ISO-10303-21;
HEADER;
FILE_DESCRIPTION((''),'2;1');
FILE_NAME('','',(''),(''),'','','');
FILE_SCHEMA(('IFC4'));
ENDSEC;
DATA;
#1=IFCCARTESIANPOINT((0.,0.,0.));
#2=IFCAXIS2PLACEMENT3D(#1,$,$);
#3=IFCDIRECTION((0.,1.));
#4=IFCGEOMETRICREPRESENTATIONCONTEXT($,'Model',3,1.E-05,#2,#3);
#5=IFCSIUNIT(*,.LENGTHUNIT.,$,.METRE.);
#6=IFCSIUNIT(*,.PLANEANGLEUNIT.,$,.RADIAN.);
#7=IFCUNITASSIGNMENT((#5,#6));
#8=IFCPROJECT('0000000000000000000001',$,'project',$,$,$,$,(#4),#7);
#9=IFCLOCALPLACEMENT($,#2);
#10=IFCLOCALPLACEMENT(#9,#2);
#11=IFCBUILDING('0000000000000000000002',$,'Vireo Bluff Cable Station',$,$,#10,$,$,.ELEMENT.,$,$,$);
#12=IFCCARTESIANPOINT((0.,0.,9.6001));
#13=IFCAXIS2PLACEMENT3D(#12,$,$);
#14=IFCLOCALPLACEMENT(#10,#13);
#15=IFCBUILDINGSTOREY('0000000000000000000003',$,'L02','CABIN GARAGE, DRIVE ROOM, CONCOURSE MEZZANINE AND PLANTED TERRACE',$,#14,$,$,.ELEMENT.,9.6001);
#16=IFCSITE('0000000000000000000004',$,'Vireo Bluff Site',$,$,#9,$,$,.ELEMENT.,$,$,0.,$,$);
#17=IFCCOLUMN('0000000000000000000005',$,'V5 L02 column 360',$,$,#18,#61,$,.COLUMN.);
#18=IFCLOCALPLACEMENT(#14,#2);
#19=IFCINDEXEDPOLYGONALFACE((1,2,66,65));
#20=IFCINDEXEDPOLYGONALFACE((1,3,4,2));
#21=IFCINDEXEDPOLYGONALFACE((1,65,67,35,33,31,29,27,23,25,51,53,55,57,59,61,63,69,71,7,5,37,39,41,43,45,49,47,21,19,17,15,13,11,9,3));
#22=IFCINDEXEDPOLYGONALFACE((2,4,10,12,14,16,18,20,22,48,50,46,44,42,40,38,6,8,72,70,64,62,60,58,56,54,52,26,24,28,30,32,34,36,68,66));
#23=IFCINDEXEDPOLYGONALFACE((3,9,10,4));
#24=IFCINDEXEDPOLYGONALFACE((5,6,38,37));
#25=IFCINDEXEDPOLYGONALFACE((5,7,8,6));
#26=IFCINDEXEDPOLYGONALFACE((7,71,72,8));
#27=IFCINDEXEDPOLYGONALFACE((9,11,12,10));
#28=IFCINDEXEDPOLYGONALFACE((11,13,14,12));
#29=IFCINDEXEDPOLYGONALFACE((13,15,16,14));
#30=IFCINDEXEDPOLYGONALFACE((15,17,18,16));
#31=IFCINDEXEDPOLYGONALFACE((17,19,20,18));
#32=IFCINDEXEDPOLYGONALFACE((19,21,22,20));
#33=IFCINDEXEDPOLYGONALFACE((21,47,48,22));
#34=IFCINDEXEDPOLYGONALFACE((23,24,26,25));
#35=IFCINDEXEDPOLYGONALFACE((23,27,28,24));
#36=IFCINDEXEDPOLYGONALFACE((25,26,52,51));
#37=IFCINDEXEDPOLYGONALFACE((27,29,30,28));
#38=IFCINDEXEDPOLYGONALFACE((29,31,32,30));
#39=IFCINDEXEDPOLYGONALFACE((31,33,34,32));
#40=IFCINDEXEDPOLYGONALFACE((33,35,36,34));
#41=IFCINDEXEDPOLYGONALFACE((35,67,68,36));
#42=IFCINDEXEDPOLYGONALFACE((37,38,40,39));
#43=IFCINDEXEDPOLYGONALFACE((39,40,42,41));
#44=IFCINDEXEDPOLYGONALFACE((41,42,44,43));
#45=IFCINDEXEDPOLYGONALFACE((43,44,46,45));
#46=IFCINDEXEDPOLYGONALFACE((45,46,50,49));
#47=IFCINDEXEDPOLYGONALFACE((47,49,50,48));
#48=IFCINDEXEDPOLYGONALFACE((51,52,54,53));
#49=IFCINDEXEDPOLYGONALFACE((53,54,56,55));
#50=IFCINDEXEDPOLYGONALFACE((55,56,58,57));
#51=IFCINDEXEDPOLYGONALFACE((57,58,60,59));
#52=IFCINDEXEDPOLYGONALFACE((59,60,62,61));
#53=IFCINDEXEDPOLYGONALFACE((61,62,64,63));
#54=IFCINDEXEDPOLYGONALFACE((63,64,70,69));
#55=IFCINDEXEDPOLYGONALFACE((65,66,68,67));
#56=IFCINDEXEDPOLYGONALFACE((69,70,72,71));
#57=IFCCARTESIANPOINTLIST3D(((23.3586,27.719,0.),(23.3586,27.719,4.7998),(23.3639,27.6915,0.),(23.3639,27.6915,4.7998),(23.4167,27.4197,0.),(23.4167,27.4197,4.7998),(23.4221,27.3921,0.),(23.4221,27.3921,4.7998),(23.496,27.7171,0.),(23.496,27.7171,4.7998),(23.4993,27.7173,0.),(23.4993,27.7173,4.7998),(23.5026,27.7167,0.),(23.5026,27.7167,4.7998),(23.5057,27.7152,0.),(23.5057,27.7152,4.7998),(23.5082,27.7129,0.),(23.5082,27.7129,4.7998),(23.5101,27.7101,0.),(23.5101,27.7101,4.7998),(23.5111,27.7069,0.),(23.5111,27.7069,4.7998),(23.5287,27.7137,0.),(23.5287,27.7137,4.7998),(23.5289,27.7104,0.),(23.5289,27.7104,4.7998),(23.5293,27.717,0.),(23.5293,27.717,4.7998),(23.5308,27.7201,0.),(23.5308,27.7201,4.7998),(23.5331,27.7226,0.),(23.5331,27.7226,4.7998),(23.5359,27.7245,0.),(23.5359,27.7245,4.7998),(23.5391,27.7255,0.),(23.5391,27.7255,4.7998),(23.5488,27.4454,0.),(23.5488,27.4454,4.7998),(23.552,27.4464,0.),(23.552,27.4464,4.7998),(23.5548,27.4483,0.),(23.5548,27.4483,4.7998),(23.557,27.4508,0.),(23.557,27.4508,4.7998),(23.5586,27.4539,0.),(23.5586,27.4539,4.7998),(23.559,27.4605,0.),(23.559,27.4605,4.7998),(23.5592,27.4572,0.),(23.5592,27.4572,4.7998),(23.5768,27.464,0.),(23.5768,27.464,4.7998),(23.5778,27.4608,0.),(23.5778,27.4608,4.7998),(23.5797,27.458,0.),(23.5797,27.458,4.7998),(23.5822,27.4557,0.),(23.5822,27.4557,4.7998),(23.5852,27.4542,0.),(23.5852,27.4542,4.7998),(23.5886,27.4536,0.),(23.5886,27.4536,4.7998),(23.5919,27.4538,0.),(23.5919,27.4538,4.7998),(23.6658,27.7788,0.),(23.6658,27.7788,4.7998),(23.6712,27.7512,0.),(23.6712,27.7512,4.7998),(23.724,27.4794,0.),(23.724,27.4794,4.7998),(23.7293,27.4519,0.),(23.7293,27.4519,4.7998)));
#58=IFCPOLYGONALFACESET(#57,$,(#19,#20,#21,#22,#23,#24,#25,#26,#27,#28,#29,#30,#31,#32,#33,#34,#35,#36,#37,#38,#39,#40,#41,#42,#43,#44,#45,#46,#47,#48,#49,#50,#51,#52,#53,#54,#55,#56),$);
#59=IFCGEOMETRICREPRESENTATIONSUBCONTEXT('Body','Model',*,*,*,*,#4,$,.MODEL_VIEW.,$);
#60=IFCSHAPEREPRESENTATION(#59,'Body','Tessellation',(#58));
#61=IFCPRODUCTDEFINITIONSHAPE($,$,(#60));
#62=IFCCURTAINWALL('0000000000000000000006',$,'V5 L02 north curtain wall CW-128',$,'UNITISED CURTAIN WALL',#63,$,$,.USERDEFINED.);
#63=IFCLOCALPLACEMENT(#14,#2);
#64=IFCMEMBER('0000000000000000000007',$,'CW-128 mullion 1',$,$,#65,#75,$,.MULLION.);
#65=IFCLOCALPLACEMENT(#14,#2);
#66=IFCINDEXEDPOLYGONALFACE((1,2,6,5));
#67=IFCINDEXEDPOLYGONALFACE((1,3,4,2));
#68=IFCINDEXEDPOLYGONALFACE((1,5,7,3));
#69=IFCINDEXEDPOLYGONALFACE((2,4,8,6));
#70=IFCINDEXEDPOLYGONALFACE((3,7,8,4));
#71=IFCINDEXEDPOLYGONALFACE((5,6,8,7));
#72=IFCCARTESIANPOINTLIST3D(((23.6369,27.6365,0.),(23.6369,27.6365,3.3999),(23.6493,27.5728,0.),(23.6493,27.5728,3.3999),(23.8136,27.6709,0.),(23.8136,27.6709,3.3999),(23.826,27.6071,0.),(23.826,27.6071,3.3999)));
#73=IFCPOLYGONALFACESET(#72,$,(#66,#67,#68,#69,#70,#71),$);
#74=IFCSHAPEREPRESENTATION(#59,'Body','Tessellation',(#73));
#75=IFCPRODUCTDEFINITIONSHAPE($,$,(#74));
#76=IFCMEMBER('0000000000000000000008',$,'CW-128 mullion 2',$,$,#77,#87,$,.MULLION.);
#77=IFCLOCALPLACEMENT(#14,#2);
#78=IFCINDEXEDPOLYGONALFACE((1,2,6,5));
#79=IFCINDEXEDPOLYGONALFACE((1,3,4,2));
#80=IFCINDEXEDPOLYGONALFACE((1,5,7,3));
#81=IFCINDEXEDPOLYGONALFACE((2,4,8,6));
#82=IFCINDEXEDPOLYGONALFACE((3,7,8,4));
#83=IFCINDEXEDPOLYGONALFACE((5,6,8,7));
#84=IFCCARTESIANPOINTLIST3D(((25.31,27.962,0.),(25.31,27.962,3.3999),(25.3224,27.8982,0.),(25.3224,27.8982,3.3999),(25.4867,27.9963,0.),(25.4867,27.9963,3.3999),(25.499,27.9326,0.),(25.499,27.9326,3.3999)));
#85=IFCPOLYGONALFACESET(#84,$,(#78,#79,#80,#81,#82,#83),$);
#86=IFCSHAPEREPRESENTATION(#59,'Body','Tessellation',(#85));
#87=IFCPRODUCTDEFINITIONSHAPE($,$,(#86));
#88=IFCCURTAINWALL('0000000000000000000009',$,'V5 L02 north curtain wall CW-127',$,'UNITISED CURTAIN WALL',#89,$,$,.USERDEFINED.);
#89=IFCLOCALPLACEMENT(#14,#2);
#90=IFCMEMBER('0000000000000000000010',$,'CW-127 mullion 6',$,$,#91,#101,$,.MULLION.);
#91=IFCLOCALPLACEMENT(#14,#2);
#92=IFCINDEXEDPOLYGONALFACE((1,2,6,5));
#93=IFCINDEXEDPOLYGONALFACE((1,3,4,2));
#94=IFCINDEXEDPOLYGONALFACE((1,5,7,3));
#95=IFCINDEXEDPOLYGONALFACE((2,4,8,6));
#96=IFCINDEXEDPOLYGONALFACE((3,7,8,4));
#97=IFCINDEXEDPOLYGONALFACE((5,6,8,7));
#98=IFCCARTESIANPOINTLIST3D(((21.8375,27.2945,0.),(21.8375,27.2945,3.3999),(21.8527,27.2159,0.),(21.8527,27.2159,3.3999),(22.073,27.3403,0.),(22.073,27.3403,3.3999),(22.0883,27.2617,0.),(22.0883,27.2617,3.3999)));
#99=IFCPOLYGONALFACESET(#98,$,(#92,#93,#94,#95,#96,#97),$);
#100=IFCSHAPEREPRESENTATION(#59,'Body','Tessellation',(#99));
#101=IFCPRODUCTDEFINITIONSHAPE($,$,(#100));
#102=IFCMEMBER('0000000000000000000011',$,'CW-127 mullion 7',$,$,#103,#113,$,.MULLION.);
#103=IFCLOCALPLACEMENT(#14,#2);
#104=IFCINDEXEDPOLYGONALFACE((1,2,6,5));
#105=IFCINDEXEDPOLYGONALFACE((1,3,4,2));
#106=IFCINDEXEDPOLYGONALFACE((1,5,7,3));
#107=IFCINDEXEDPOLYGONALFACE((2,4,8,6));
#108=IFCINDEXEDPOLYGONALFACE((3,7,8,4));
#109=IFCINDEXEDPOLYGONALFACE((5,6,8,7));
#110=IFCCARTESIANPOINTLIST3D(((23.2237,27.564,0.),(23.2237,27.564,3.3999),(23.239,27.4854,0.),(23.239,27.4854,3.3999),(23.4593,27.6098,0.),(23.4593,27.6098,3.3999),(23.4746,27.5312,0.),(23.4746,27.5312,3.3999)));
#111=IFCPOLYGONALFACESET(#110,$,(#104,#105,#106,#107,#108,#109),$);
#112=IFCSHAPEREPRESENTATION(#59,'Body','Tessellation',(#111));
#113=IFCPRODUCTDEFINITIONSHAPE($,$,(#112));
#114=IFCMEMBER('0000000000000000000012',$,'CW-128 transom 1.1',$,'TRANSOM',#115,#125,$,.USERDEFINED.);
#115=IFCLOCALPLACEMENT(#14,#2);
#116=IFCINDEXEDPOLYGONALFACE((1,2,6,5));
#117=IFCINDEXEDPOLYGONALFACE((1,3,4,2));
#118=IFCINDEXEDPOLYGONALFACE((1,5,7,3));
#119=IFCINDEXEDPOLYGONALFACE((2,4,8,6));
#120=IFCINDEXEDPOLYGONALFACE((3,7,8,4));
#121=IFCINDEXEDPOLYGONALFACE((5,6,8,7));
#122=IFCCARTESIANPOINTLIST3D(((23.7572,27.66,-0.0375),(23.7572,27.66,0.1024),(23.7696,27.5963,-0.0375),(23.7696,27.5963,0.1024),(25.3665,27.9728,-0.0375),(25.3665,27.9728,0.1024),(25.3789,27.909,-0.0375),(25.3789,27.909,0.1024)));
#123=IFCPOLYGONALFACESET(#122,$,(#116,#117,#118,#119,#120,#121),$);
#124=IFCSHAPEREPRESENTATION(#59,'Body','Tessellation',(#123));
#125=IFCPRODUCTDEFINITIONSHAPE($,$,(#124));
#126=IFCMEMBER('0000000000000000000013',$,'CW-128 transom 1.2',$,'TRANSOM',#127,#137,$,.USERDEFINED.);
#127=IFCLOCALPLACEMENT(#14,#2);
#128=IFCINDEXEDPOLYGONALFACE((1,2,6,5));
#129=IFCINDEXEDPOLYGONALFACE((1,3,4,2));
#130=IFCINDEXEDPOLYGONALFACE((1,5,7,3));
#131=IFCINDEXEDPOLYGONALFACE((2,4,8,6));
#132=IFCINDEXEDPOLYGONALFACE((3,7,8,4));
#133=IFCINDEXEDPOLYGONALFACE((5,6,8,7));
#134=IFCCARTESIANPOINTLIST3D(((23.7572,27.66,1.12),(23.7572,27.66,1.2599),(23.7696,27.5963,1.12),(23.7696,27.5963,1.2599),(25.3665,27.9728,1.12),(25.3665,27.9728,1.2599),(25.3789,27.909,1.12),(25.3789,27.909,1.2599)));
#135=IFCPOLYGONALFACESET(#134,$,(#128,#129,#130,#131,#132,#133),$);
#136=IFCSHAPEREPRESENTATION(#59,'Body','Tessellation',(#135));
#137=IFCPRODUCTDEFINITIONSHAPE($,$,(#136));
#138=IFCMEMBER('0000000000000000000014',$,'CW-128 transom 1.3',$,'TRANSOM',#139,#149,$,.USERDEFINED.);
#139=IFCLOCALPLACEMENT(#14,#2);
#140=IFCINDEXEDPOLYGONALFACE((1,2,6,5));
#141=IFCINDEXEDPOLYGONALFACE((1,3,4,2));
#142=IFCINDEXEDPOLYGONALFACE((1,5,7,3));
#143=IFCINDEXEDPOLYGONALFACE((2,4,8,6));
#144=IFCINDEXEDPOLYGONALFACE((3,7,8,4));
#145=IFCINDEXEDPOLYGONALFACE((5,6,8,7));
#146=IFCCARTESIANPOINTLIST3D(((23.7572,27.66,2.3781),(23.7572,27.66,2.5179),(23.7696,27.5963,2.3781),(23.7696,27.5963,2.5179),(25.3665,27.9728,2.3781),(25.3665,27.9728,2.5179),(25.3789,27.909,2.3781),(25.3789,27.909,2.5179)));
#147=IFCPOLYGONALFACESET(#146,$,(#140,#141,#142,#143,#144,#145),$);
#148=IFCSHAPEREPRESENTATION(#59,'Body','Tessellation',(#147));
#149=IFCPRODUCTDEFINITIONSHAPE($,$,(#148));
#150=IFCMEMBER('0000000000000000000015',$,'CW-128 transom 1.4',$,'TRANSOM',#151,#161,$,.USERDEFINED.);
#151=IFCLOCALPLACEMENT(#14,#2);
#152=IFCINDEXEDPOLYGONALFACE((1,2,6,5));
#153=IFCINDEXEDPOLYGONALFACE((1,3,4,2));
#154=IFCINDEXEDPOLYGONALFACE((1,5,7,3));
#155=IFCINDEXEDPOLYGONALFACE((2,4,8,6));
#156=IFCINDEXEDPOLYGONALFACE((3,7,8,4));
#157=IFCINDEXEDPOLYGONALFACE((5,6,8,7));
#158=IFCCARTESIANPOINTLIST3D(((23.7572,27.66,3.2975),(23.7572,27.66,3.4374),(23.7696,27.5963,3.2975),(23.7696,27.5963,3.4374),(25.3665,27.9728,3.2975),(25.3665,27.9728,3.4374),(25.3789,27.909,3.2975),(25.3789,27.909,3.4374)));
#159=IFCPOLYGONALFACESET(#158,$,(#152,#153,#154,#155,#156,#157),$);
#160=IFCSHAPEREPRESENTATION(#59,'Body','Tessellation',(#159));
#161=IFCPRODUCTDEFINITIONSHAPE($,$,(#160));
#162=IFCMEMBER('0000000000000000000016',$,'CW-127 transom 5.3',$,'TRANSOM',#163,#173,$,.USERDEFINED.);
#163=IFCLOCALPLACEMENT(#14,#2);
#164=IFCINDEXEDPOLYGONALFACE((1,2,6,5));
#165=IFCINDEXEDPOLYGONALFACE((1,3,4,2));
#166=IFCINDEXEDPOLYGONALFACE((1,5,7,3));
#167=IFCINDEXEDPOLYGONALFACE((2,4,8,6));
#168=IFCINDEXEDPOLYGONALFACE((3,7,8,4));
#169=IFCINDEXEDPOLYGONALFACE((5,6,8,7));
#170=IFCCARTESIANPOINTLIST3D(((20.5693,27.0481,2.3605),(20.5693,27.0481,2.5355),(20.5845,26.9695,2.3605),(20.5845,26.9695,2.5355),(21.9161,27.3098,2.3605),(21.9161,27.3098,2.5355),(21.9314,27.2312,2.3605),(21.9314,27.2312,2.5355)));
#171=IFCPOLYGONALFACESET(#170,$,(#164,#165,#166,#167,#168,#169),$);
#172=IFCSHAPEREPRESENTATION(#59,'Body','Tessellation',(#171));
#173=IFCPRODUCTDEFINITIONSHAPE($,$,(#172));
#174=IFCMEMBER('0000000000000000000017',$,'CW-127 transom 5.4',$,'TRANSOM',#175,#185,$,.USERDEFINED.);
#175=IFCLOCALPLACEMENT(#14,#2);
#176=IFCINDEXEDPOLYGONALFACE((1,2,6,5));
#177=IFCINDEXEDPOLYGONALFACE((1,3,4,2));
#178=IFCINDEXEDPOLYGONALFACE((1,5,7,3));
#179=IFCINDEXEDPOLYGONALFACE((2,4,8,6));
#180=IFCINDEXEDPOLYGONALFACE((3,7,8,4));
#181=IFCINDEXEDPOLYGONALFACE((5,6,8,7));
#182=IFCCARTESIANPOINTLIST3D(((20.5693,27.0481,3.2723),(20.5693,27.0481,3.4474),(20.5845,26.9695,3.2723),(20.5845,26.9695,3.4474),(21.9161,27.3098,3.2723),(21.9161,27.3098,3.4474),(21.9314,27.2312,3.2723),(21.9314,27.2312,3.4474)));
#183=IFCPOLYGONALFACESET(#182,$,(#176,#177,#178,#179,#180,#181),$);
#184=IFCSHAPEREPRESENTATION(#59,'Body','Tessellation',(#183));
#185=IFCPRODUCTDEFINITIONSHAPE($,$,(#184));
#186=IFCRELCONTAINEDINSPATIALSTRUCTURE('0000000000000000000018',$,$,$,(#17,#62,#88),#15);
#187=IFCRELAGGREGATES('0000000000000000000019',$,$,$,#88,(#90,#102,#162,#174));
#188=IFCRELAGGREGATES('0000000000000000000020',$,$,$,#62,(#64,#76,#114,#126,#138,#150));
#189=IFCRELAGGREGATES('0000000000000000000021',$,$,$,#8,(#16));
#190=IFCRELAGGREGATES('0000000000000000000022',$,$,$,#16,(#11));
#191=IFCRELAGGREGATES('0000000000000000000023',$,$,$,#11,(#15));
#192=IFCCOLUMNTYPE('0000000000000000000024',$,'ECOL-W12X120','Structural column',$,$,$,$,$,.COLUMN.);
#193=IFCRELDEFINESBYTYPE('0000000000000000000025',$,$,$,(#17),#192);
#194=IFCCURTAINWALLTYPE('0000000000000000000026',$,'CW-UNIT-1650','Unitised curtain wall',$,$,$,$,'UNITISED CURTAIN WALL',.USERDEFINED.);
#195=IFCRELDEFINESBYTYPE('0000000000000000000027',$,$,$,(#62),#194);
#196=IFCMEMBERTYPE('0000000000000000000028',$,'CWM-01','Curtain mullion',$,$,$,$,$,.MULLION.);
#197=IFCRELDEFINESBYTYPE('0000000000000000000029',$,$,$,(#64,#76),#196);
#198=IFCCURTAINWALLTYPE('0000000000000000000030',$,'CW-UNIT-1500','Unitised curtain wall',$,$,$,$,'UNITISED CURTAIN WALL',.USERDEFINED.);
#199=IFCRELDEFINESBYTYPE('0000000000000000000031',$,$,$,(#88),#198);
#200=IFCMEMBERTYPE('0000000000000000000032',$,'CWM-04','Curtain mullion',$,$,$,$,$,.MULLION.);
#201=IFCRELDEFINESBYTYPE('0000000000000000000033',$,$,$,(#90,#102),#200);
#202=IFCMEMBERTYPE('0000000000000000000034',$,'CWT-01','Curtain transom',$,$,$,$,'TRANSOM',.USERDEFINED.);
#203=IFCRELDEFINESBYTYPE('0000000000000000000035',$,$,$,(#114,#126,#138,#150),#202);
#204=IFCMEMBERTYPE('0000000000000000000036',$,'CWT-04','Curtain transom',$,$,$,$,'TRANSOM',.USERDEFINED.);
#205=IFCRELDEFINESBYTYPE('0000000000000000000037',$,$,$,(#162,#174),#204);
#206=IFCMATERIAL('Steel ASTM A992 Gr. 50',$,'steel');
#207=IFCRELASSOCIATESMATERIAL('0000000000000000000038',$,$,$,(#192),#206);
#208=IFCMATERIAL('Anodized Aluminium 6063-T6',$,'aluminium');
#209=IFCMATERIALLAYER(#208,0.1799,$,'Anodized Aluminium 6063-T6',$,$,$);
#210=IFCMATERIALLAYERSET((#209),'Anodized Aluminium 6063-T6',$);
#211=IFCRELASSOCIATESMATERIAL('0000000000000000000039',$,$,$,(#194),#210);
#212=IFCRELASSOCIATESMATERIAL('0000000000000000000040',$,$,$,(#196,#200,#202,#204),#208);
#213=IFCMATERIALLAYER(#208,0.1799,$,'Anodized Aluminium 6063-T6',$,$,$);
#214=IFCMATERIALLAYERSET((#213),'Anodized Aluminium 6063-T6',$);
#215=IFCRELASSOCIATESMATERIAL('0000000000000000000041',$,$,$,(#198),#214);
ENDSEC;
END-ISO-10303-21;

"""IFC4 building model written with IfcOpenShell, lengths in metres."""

from ifc_helpers import new_model, si_unit, direction, frame, origin, origin_2d, place, context, subcontext, project, spatial, rectangle, i_section, extrude, material, layer, layer_set, material_profile, profile_set, type_object, element, aggregate, save


model = new_model("IFC4")

# Units and contexts
model_context = context("Model", 3, precision=1e-05, world=origin(), true_north=direction((0.0, 1.0)))
body_context = subcontext(model_context, "Body", "Model", "MODEL_VIEW")
ifc_project = project(units=[si_unit("LENGTHUNIT", "METRE"), si_unit("PLANEANGLEUNIT", "RADIAN")], contexts=[model_context])

# Site, building, storey
site_placement = place(None, origin())
site = spatial("IfcSite", under=ifc_project, at=site_placement, Name="Vireo Bluff Site", CompositionType="ELEMENT", RefElevation=0.0)
building_placement = place(site_placement, origin())
building = spatial("IfcBuilding", under=site, at=building_placement, Name="Vireo Bluff Cable Station", CompositionType="ELEMENT")
storey_placement = place(building_placement, frame((0.0, 0.0, 9.6001)))
storey = spatial("IfcBuildingStorey", under=building, at=storey_placement, Name="L02", Description="CABIN GARAGE, DRIVE ROOM, CONCOURSE MEZZANINE AND PLANTED TERRACE", CompositionType="ELEMENT", Elevation=9.6001)

# Column
ifc_material_1 = material(Name="Steel ASTM A992 Gr. 50", Category="steel")
ifc_material_profile_1 = material_profile(ifc_material_1, i_section(OverallWidth=0.313, OverallDepth=0.333, WebThickness=0.0181, FlangeThickness=0.0281, FilletRadius=0.0129, at=origin_2d()), Name="W12X120")
ifc_profile_set_1 = profile_set([ifc_material_profile_1], Name="Steel ASTM A992 Gr. 50")
column_type = type_object("IfcColumnType", Name="ECOL-W12X120", Description="Structural column", PredefinedType="COLUMN", material=ifc_profile_set_1)
column_placement = place(storey_placement, frame((23.5439, 27.5854, 0.0), z_axis=(0.0, 0.0, 1.0), x_axis=(0.981627, 0.190809, 0.0)))
element("IfcColumn", 1, at=column_placement, inside=storey, type_object=column_type, Name="V5 L02 column 360", PredefinedType="COLUMN", context=body_context, shape_type="SweptSolid", body=[
    extrude(i_section(OverallWidth=0.313, OverallDepth=0.333, WebThickness=0.0181, FlangeThickness=0.0281, FilletRadius=0.0129, at=origin_2d()), origin(), (0.0, 0.0, 1.0), 4.7998),
])

# Curtain walls, members
ifc_material_2 = material(Name="Anodized Aluminium 6063-T6", Category="aluminium")
ifc_layer_1 = layer(ifc_material_2, 0.1799, Name="Anodized Aluminium 6063-T6")
ifc_layer_set_1 = layer_set([ifc_layer_1], Name="Anodized Aluminium 6063-T6")
curtain_wall_type_1 = type_object("IfcCurtainWallType", Name="CW-UNIT-1650", Description="Unitised curtain wall", ElementType="UNITISED CURTAIN WALL", PredefinedType="USERDEFINED", material=ifc_layer_set_1)
curtain_wall_1_placement = place(storey_placement, origin())
curtain_wall_1 = element("IfcCurtainWall", 2, at=curtain_wall_1_placement, inside=storey, type_object=curtain_wall_type_1, Name="V5 L02 north curtain wall CW-128", ObjectType="UNITISED CURTAIN WALL", PredefinedType="USERDEFINED")
ifc_material_profile_2 = material_profile(ifc_material_2, rectangle(XDim=0.0649, YDim=0.1799, at=origin_2d()), Name="ALU-M-65X180")
ifc_profile_set_2 = profile_set([ifc_material_profile_2], Name="Anodized Aluminium 6063-T6")
member_type_1 = type_object("IfcMemberType", Name="CWM-01", Description="Curtain mullion", PredefinedType="MULLION", material=ifc_profile_set_2)
member_1_placement = place(storey_placement, frame((23.7314, 27.6218, 0.0), z_axis=(0.0, 0.0, 1.0), x_axis=(-0.190809, 0.981627, 0.0)))
member_1 = element("IfcMember", 3, at=member_1_placement, type_object=member_type_1, Name="CW-128 mullion 1", PredefinedType="MULLION", context=body_context, shape_type="SweptSolid", body=[
    extrude(rectangle(XDim=0.0649, YDim=0.1799, at=origin_2d()), origin(), (0.0, 0.0, 1.0), 3.3999),
])
member_2_placement = place(storey_placement, frame((25.4045, 27.9473, 0.0), z_axis=(0.0, 0.0, 1.0), x_axis=(-0.190809, 0.981627, 0.0)))
member_2 = element("IfcMember", 4, at=member_2_placement, type_object=member_type_1, Name="CW-128 mullion 2", PredefinedType="MULLION", context=body_context, shape_type="SweptSolid", body=[
    extrude(rectangle(XDim=0.0649, YDim=0.1799, at=origin_2d()), origin(), (0.0, 0.0, 1.0), 3.3999),
])
ifc_layer_2 = layer(ifc_material_2, 0.1799, Name="Anodized Aluminium 6063-T6")
ifc_layer_set_2 = layer_set([ifc_layer_2], Name="Anodized Aluminium 6063-T6")
curtain_wall_type_2 = type_object("IfcCurtainWallType", Name="CW-UNIT-1500", Description="Unitised curtain wall", ElementType="UNITISED CURTAIN WALL", PredefinedType="USERDEFINED", material=ifc_layer_set_2)
curtain_wall_2_placement = place(storey_placement, origin())
curtain_wall_2 = element("IfcCurtainWall", 5, at=curtain_wall_2_placement, inside=storey, type_object=curtain_wall_type_2, Name="V5 L02 north curtain wall CW-127", ObjectType="UNITISED CURTAIN WALL", PredefinedType="USERDEFINED")
ifc_material_profile_3 = material_profile(ifc_material_2, rectangle(XDim=0.0801, YDim=0.24, at=origin_2d()), Name="ALU-M-80X240")
ifc_profile_set_3 = profile_set([ifc_material_profile_3], Name="Anodized Aluminium 6063-T6")
member_type_2 = type_object("IfcMemberType", Name="CWM-04", Description="Curtain mullion", PredefinedType="MULLION", material=ifc_profile_set_3)
member_3_placement = place(storey_placement, frame((21.9629, 27.2781, 0.0), z_axis=(0.0, 0.0, 1.0), x_axis=(-0.190809, 0.981627, 0.0)))
member_3 = element("IfcMember", 6, at=member_3_placement, type_object=member_type_2, Name="CW-127 mullion 6", PredefinedType="MULLION", context=body_context, shape_type="SweptSolid", body=[
    extrude(rectangle(XDim=0.0801, YDim=0.24, at=origin_2d()), origin(), (0.0, 0.0, 1.0), 3.3999),
])
member_4_placement = place(storey_placement, frame((23.3491, 27.5476, 0.0), z_axis=(0.0, 0.0, 1.0), x_axis=(-0.190809, 0.981627, 0.0)))
member_4 = element("IfcMember", 7, at=member_4_placement, type_object=member_type_2, Name="CW-127 mullion 7", PredefinedType="MULLION", context=body_context, shape_type="SweptSolid", body=[
    extrude(rectangle(XDim=0.0801, YDim=0.24, at=origin_2d()), origin(), (0.0, 0.0, 1.0), 3.3999),
])

# Members
ifc_material_profile_4 = material_profile(ifc_material_2, rectangle(XDim=0.0649, YDim=0.1399, at=origin_2d()), Name="ALU-T-65X140")
ifc_profile_set_4 = profile_set([ifc_material_profile_4], Name="Anodized Aluminium 6063-T6")
member_type_3 = type_object("IfcMemberType", Name="CWT-01", Description="Curtain transom", ElementType="TRANSOM", PredefinedType="USERDEFINED", material=ifc_profile_set_4)
member_5_placement = place(storey_placement, frame((23.7634, 27.6282, 0.0325), z_axis=(0.981637, 0.190758, 0.0), x_axis=(-0.190758, 0.981637, 0.0)))
member_5 = element("IfcMember", 8, at=member_5_placement, type_object=member_type_3, Name="CW-128 transom 1.1", ObjectType="TRANSOM", PredefinedType="USERDEFINED", context=body_context, shape_type="SweptSolid", body=[
    extrude(rectangle(XDim=0.0649, YDim=0.1399, at=origin_2d()), origin(), (0.0, 0.0, 1.0), 1.6394),
])
member_6_placement = place(storey_placement, frame((23.7634, 27.6282, 1.1899), z_axis=(0.981637, 0.190758, 0.0), x_axis=(-0.190758, 0.981637, 0.0)))
member_6 = element("IfcMember", 9, at=member_6_placement, type_object=member_type_3, Name="CW-128 transom 1.2", ObjectType="TRANSOM", PredefinedType="USERDEFINED", context=body_context, shape_type="SweptSolid", body=[
    extrude(rectangle(XDim=0.0649, YDim=0.1399, at=origin_2d()), origin(), (0.0, 0.0, 1.0), 1.6394),
])
member_7_placement = place(storey_placement, frame((23.7634, 27.6282, 2.448), z_axis=(0.981637, 0.190758, 0.0), x_axis=(-0.190758, 0.981637, 0.0)))
member_7 = element("IfcMember", 10, at=member_7_placement, type_object=member_type_3, Name="CW-128 transom 1.3", ObjectType="TRANSOM", PredefinedType="USERDEFINED", context=body_context, shape_type="SweptSolid", body=[
    extrude(rectangle(XDim=0.0649, YDim=0.1399, at=origin_2d()), origin(), (0.0, 0.0, 1.0), 1.6394),
])
member_8_placement = place(storey_placement, frame((23.7634, 27.6282, 3.3674), z_axis=(0.981637, 0.190758, 0.0), x_axis=(-0.190758, 0.981637, 0.0)))
member_8 = element("IfcMember", 11, at=member_8_placement, type_object=member_type_3, Name="CW-128 transom 1.4", ObjectType="TRANSOM", PredefinedType="USERDEFINED", context=body_context, shape_type="SweptSolid", body=[
    extrude(rectangle(XDim=0.0649, YDim=0.1399, at=origin_2d()), origin(), (0.0, 0.0, 1.0), 1.6394),
])
ifc_material_profile_5 = material_profile(ifc_material_2, rectangle(XDim=0.0801, YDim=0.175, at=origin_2d()), Name="ALU-T-80X175")
ifc_profile_set_5 = profile_set([ifc_material_profile_5], Name="Anodized Aluminium 6063-T6")
member_type_4 = type_object("IfcMemberType", Name="CWT-04", Description="Curtain transom", ElementType="TRANSOM", PredefinedType="USERDEFINED", material=ifc_profile_set_5)
member_9_placement = place(storey_placement, frame((20.5769, 27.0088, 2.448), z_axis=(0.98164, 0.190741, 0.0), x_axis=(-0.190741, 0.98164, 0.0)))
member_9 = element("IfcMember", 12, at=member_9_placement, type_object=member_type_4, Name="CW-127 transom 5.3", ObjectType="TRANSOM", PredefinedType="USERDEFINED", context=body_context, shape_type="SweptSolid", body=[
    extrude(rectangle(XDim=0.0801, YDim=0.175, at=origin_2d()), origin(), (0.0, 0.0, 1.0), 1.3721),
])
member_10_placement = place(storey_placement, frame((20.5769, 27.0088, 3.3599), z_axis=(0.98164, 0.190741, 0.0), x_axis=(-0.190741, 0.98164, 0.0)))
member_10 = element("IfcMember", 13, at=member_10_placement, type_object=member_type_4, Name="CW-127 transom 5.4", ObjectType="TRANSOM", PredefinedType="USERDEFINED", context=body_context, shape_type="SweptSolid", body=[
    extrude(rectangle(XDim=0.0801, YDim=0.175, at=origin_2d()), origin(), (0.0, 0.0, 1.0), 1.3721),
])

aggregate(curtain_wall_2, [member_3, member_4, member_9, member_10])
aggregate(curtain_wall_1, [member_1, member_2, member_5, member_6, member_7, member_8])

save(model, "model.ifc")
